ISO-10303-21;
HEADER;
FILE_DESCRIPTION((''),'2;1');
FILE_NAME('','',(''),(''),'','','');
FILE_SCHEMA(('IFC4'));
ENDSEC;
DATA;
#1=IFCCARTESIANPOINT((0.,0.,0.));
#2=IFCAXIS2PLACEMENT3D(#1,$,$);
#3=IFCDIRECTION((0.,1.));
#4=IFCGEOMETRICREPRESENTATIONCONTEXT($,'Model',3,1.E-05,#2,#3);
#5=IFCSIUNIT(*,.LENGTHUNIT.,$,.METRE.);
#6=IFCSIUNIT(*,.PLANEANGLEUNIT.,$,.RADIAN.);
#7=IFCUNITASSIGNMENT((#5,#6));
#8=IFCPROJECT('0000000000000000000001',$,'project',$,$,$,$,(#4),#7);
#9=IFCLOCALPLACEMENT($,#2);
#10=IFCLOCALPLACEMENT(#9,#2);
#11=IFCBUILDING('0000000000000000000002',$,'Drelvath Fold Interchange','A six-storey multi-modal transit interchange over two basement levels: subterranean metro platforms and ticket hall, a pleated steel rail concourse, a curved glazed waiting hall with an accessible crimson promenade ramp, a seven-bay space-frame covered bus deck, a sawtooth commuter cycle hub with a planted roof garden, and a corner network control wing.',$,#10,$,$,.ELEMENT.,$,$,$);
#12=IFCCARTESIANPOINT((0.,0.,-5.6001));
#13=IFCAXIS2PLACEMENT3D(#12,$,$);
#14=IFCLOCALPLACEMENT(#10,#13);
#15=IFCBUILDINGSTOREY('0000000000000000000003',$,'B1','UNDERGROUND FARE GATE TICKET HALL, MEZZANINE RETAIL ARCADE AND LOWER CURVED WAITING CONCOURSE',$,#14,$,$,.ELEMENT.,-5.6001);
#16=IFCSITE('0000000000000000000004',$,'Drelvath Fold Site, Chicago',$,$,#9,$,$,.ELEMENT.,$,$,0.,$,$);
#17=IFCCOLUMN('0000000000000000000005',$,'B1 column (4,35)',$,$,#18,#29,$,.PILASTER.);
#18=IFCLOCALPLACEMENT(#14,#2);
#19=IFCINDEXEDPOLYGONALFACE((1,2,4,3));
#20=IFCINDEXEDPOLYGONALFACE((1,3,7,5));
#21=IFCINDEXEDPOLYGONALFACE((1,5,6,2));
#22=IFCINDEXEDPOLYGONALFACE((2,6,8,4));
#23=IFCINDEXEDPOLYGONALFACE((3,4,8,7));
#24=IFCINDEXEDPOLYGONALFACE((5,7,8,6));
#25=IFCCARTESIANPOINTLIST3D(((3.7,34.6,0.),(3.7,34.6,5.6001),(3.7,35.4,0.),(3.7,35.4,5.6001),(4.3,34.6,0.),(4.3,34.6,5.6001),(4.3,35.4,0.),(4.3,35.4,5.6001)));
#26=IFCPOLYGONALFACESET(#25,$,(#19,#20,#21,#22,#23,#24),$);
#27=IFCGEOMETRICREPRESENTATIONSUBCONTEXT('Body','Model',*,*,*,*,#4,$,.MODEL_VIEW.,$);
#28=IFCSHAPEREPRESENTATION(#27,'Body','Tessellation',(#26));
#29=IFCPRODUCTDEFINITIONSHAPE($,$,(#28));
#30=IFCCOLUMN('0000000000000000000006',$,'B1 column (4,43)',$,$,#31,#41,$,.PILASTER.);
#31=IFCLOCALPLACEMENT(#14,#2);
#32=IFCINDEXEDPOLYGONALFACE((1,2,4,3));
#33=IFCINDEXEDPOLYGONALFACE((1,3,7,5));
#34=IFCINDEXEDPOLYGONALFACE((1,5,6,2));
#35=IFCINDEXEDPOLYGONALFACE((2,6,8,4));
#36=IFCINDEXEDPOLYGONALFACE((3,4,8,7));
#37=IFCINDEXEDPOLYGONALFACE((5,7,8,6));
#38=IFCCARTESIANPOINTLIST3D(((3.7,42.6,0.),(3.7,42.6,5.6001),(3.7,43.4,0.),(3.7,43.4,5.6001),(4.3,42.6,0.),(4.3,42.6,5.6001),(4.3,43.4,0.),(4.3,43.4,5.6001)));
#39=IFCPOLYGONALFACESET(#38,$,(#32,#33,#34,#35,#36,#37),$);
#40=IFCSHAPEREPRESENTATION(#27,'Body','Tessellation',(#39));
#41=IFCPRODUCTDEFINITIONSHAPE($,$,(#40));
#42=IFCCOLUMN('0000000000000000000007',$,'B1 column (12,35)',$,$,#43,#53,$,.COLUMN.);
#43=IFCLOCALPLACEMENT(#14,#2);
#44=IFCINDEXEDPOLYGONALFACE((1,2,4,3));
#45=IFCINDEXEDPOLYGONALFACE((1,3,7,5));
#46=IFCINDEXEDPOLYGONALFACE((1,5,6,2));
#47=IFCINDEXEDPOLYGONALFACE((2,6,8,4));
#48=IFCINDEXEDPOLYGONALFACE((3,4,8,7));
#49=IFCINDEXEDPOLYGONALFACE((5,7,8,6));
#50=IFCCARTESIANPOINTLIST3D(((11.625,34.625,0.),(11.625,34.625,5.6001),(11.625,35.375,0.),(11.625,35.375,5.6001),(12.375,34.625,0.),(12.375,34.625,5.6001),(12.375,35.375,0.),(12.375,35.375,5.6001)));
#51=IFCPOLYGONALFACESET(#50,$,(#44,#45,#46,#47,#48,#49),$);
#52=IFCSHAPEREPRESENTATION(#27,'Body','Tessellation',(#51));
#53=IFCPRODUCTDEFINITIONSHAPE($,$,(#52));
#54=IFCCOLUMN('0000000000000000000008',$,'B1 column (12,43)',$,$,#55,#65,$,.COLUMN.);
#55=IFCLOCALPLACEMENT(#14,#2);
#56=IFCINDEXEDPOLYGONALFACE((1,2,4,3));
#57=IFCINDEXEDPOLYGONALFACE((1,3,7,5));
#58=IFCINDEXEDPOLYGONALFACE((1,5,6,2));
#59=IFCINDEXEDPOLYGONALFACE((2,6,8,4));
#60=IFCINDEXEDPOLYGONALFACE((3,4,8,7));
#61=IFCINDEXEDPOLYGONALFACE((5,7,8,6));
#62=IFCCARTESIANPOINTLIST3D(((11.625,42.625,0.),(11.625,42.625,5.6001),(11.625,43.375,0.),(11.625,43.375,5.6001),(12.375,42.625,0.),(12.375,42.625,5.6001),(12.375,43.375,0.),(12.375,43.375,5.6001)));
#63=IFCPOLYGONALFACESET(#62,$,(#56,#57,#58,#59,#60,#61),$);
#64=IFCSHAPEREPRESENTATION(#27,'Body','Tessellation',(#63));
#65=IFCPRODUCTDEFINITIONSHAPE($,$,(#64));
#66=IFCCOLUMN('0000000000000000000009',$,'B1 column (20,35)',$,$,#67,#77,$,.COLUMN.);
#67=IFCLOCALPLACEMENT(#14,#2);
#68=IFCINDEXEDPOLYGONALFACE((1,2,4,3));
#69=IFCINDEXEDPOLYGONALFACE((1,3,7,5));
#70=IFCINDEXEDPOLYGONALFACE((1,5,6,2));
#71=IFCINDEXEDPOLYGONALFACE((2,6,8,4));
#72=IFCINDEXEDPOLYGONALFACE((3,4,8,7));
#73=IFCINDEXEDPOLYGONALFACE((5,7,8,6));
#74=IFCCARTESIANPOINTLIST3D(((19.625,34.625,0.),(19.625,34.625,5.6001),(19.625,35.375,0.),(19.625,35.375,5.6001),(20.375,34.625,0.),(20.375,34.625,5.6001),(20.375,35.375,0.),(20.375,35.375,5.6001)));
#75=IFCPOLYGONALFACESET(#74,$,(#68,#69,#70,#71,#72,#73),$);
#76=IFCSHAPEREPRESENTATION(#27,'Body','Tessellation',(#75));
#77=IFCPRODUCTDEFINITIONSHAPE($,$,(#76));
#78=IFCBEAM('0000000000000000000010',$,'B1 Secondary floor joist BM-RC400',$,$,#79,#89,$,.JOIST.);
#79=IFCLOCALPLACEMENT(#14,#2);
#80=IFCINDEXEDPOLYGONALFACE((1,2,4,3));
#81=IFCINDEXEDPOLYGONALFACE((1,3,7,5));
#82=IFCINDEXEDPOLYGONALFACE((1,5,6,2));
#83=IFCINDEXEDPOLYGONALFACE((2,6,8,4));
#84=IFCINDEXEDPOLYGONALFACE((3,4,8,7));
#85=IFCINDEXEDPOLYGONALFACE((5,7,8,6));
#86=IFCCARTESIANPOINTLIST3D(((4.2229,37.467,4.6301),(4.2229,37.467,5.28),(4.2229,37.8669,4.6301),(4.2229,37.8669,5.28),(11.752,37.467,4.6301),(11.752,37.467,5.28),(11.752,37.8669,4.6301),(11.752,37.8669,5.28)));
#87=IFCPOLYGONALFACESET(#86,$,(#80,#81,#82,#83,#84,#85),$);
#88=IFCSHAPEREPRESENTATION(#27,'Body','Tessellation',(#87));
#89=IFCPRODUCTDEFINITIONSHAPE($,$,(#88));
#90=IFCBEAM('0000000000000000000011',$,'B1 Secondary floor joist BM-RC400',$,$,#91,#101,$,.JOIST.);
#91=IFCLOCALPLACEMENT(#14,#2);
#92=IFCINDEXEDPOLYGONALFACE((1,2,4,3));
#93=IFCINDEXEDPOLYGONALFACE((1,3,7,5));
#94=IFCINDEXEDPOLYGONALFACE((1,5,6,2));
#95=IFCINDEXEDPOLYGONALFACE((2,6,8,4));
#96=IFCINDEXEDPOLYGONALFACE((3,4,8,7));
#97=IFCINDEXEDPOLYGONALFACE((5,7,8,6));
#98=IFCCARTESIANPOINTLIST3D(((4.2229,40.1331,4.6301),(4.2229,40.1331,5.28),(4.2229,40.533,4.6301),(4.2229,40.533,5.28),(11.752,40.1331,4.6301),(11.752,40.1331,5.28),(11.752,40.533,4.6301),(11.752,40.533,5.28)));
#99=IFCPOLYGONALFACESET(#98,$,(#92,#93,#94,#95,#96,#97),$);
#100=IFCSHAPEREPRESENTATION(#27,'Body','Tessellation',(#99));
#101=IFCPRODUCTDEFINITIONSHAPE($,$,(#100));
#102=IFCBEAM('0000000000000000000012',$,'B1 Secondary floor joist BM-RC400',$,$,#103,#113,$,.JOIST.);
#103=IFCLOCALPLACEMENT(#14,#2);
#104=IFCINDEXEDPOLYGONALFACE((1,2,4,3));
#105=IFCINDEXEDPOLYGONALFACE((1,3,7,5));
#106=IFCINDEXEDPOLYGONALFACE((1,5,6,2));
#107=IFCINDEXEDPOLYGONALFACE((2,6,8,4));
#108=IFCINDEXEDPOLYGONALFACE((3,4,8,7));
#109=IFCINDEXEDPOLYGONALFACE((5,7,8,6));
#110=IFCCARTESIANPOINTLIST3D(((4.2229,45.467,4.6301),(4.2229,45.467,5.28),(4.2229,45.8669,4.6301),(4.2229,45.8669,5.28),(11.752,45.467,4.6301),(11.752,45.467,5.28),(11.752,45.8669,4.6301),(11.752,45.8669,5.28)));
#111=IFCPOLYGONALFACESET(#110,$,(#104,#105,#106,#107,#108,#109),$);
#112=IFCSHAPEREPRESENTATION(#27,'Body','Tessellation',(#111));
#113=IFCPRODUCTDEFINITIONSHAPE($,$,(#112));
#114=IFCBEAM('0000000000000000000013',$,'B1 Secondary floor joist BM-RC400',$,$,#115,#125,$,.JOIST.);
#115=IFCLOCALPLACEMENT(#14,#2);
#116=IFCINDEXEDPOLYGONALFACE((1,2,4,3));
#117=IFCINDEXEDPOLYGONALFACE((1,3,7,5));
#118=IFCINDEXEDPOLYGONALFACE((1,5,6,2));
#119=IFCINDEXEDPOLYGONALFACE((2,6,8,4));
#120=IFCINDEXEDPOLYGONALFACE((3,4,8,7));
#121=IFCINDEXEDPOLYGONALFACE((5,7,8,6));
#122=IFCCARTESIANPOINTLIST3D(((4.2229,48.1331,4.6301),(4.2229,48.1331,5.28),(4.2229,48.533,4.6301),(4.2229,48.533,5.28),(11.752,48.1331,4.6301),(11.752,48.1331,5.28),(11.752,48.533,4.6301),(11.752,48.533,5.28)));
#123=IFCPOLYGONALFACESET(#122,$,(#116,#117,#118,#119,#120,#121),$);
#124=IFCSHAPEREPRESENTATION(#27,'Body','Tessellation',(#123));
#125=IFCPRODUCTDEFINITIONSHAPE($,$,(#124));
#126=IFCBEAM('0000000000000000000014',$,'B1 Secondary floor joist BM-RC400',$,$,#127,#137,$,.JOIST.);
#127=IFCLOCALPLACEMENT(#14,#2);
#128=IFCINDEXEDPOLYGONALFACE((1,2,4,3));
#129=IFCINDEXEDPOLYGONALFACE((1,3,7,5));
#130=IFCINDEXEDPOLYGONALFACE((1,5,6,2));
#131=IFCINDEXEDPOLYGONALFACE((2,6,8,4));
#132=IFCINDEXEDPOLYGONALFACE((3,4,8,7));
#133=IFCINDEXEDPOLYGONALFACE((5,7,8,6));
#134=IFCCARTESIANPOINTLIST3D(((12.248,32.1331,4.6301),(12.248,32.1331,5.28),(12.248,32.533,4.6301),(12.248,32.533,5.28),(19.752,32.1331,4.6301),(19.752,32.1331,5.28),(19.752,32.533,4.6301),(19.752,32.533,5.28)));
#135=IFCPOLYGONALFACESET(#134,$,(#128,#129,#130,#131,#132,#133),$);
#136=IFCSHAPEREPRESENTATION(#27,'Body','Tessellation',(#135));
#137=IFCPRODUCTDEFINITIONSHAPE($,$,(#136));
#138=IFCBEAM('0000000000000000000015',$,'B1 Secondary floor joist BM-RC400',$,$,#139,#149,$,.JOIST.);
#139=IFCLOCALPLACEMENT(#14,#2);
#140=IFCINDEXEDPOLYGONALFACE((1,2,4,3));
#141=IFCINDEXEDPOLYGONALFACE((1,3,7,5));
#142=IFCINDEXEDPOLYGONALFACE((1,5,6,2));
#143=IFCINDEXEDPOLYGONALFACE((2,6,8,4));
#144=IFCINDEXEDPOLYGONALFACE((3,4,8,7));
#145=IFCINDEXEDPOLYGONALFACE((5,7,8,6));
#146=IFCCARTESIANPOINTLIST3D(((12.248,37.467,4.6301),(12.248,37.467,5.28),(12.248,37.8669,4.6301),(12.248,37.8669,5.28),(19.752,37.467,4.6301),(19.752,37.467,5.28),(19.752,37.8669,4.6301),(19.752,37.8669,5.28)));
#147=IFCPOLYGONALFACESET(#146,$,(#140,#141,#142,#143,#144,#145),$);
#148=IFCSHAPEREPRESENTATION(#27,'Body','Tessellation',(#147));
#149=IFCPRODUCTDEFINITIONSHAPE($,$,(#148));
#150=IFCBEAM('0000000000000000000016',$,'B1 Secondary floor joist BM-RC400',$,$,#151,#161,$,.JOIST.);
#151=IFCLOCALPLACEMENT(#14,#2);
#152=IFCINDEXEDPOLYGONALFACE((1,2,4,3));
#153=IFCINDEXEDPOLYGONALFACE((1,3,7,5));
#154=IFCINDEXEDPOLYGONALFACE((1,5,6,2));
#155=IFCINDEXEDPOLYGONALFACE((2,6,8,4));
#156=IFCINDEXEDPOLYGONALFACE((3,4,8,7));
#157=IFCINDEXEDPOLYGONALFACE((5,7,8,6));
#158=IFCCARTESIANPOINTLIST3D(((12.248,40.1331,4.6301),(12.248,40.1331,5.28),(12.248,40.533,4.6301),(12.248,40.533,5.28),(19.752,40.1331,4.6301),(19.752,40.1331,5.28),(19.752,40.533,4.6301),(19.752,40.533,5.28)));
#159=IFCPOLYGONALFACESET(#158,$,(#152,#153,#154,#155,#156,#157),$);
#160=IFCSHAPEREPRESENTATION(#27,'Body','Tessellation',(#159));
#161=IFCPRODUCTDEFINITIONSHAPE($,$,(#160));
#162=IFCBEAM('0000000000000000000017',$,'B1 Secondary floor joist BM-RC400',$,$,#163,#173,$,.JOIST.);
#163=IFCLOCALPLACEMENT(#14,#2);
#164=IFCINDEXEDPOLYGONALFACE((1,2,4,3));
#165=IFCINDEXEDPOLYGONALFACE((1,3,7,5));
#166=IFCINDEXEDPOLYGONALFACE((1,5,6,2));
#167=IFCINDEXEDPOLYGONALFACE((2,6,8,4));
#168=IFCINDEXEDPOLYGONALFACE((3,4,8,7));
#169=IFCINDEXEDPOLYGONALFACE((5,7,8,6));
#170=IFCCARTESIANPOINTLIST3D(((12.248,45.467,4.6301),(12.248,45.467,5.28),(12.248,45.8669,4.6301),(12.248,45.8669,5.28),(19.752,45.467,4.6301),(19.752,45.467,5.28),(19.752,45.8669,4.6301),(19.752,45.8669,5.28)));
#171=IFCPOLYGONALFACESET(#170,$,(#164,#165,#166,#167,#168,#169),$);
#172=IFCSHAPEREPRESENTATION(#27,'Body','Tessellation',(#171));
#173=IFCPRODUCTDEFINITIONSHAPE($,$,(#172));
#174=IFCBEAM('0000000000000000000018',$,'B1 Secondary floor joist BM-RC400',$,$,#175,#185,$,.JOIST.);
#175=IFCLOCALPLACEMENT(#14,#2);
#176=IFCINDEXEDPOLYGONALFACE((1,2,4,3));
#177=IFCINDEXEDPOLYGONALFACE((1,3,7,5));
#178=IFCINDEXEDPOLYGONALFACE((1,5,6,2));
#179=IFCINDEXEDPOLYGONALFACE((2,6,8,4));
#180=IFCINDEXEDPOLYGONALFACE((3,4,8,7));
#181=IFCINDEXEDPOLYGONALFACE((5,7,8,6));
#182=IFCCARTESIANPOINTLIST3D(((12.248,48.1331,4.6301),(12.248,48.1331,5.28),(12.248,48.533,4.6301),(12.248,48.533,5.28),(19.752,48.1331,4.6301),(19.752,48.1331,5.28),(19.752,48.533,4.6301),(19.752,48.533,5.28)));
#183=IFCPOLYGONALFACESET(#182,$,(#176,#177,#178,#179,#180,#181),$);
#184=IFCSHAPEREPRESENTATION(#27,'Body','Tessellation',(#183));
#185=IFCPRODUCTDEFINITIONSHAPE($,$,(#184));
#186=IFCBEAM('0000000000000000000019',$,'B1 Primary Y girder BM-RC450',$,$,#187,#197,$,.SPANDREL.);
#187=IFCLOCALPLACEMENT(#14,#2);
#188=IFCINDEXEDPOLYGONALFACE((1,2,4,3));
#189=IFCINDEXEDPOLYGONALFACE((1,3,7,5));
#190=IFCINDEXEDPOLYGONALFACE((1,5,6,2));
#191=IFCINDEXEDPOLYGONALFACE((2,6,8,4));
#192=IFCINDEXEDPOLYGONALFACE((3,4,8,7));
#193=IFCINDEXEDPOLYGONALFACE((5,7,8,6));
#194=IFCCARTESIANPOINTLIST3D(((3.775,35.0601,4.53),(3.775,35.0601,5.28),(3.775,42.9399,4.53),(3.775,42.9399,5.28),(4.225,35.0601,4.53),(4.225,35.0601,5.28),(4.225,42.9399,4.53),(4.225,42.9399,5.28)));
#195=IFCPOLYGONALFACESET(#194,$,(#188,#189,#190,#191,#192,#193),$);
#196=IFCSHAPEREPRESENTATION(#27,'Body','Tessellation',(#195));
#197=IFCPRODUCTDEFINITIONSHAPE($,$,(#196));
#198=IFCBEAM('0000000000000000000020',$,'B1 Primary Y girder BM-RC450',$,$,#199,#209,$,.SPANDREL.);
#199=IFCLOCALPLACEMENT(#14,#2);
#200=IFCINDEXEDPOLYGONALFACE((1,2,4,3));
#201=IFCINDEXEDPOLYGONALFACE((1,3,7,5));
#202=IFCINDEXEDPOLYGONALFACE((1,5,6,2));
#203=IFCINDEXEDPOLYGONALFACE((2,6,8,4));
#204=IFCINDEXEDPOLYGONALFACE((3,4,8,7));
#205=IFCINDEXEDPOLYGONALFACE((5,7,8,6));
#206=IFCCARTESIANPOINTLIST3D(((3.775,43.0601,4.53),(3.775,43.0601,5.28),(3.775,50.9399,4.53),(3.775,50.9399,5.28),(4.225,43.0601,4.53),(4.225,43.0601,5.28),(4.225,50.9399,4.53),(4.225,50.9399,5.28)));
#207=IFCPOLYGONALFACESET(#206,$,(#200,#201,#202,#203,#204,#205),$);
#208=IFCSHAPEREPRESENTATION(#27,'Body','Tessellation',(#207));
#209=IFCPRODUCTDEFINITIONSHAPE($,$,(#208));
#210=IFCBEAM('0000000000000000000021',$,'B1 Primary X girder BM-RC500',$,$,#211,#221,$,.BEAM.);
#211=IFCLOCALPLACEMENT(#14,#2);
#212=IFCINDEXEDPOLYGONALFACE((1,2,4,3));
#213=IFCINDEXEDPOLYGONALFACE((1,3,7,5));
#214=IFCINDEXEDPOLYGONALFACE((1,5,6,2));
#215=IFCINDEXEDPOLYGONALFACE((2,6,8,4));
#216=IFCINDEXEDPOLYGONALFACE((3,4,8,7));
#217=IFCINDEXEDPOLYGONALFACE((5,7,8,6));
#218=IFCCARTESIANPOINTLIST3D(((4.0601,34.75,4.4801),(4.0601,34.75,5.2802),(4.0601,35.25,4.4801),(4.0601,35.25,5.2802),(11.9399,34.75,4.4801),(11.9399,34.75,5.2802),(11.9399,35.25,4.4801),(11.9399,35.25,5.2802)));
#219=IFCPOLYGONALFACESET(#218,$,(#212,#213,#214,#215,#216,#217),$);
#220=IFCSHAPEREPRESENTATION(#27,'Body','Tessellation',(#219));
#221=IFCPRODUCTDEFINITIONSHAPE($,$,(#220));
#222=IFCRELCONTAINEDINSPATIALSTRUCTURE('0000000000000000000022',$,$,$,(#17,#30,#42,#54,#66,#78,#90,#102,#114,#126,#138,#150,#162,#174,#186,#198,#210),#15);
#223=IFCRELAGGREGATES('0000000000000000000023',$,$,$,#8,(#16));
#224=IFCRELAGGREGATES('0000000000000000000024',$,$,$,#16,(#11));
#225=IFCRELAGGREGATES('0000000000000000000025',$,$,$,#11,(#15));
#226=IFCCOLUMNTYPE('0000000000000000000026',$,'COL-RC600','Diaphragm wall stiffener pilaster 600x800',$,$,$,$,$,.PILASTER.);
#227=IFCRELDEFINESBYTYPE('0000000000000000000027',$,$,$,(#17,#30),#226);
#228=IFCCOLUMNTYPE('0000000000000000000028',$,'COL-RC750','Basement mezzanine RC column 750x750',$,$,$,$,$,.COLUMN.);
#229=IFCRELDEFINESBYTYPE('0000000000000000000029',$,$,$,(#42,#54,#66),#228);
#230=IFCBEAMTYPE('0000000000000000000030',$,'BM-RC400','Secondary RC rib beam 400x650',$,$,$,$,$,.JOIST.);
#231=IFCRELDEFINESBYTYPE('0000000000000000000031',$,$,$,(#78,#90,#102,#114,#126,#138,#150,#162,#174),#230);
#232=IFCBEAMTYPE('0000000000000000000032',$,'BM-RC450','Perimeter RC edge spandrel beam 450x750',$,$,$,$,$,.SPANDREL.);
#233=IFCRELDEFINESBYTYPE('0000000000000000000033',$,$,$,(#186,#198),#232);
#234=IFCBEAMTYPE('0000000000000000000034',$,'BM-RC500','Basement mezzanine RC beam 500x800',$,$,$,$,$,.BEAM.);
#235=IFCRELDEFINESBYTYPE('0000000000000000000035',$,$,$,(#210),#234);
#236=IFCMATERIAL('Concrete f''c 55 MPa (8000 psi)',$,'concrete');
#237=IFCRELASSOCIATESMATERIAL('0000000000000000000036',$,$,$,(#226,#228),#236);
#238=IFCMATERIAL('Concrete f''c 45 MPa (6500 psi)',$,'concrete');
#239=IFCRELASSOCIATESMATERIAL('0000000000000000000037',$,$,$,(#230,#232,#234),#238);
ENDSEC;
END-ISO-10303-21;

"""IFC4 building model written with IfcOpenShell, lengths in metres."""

from ifc_helpers import new_model, si_unit, direction, frame, origin, origin_2d, place, context, subcontext, project, spatial, rectangle, extrude, material, material_profile, profile_set, type_object, element, save


model = new_model("IFC4")

# Units and contexts
model_context = context("Model", 3, precision=1e-05, world=origin(), true_north=direction((0.0, 1.0)))
body_context = subcontext(model_context, "Body", "Model", "MODEL_VIEW")
ifc_project = project(units=[si_unit("LENGTHUNIT", "METRE"), si_unit("PLANEANGLEUNIT", "RADIAN")], contexts=[model_context])

# Site, building, storey
site_placement = place(None, origin())
site = spatial("IfcSite", under=ifc_project, at=site_placement, Name="Drelvath Fold Site, Chicago", CompositionType="ELEMENT", RefElevation=0.0)
building_placement = place(site_placement, origin())
building = spatial("IfcBuilding", under=site, at=building_placement, Name="Drelvath Fold Interchange", Description="A six-storey multi-modal transit interchange over two basement levels: subterranean metro platforms and ticket hall, a pleated steel rail concourse, a curved glazed waiting hall with an accessible crimson promenade ramp, a seven-bay space-frame covered bus deck, a sawtooth commuter cycle hub with a planted roof garden, and a corner network control wing.", CompositionType="ELEMENT")
storey_placement = place(building_placement, frame((0.0, 0.0, -5.6001)))
storey = spatial("IfcBuildingStorey", under=building, at=storey_placement, Name="B1", Description="UNDERGROUND FARE GATE TICKET HALL, MEZZANINE RETAIL ARCADE AND LOWER CURVED WAITING CONCOURSE", CompositionType="ELEMENT", Elevation=-5.6001)

# Columns
ifc_material_1 = material(Name="Concrete f'c 55 MPa (8000 psi)", Category="concrete")
ifc_material_profile_1 = material_profile(ifc_material_1, rectangle(XDim=0.6001, YDim=0.8, at=origin_2d()), Name="RC 600x800")
ifc_profile_set_1 = profile_set([ifc_material_profile_1], Name="Concrete f'c 55 MPa (8000 psi)")
column_type_1 = type_object("IfcColumnType", Name="COL-RC600", Description="Diaphragm wall stiffener pilaster 600x800", PredefinedType="PILASTER", material=ifc_profile_set_1)
for number, where, z_axis, x_axis, name in (
    (1, (4.0, 35.0, 0.0), (0.0, 0.0, 1.0), (1.0, 0.0, 0.0), "B1 column (4,35)"),
    (2, (4.0, 43.0, 0.0), (0.0, 0.0, 1.0), (1.0, 0.0, 0.0), "B1 column (4,43)"),
):
    element("IfcColumn", number, at=place(storey_placement, frame(where, z_axis=z_axis, x_axis=x_axis)), inside=storey, type_object=column_type_1, Name=name, PredefinedType="PILASTER", context=body_context, shape_type="SweptSolid", body=[
        extrude(rectangle(XDim=0.6001, YDim=0.8, at=origin_2d()), origin(), (0.0, 0.0, 1.0), 5.6001),
    ])
ifc_material_profile_2 = material_profile(ifc_material_1, rectangle(XDim=0.75, YDim=0.75, at=origin_2d()), Name="RC 750x750")
ifc_profile_set_2 = profile_set([ifc_material_profile_2], Name="Concrete f'c 55 MPa (8000 psi)")
column_type_2 = type_object("IfcColumnType", Name="COL-RC750", Description="Basement mezzanine RC column 750x750", PredefinedType="COLUMN", material=ifc_profile_set_2)
for number, where, z_axis, x_axis, name in (
    (3, (12.0, 35.0, 0.0), (0.0, 0.0, 1.0), (1.0, 0.0, 0.0), "B1 column (12,35)"),
    (4, (12.0, 43.0, 0.0), (0.0, 0.0, 1.0), (1.0, 0.0, 0.0), "B1 column (12,43)"),
    (5, (20.0, 35.0, 0.0), (0.0, 0.0, 1.0), (1.0, 0.0, 0.0), "B1 column (20,35)"),
):
    element("IfcColumn", number, at=place(storey_placement, frame(where, z_axis=z_axis, x_axis=x_axis)), inside=storey, type_object=column_type_2, Name=name, PredefinedType="COLUMN", context=body_context, shape_type="SweptSolid", body=[
        extrude(rectangle(XDim=0.75, YDim=0.75, at=origin_2d()), origin(), (0.0, 0.0, 1.0), 5.6001),
    ])

# Beams
ifc_material_2 = material(Name="Concrete f'c 45 MPa (6500 psi)", Category="concrete")
ifc_material_profile_3 = material_profile(ifc_material_2, rectangle(XDim=0.3999, YDim=0.6499, at=origin_2d()), Name="RC 400x650")
ifc_profile_set_3 = profile_set([ifc_material_profile_3], Name="Concrete f'c 45 MPa (6500 psi)")
beam_type_1 = type_object("IfcBeamType", Name="BM-RC400", Description="Secondary RC rib beam 400x650", PredefinedType="JOIST", material=ifc_profile_set_3)
for number, where, z_axis, x_axis, name in (
    (6, (4.2229, 37.667, 4.9551), (1.0, 0.0, 0.0), (0.0, 1.0, 0.0), "B1 Secondary floor joist BM-RC400"),
    (7, (4.2229, 40.333, 4.9551), (1.0, 0.0, 0.0), (0.0, 1.0, 0.0), "B1 Secondary floor joist BM-RC400"),
    (8, (4.2229, 45.667, 4.9551), (1.0, 0.0, 0.0), (0.0, 1.0, 0.0), "B1 Secondary floor joist BM-RC400"),
    (9, (4.2229, 48.333, 4.9551), (1.0, 0.0, 0.0), (0.0, 1.0, 0.0), "B1 Secondary floor joist BM-RC400"),
):
    element("IfcBeam", number, at=place(storey_placement, frame(where, z_axis=z_axis, x_axis=x_axis)), inside=storey, type_object=beam_type_1, Name=name, PredefinedType="JOIST", context=body_context, shape_type="SweptSolid", body=[
        extrude(rectangle(XDim=0.3999, YDim=0.6499, at=origin_2d()), origin(), (0.0, 0.0, 1.0), 7.5291),
    ])
for number, where, z_axis, x_axis, name in (
    (10, (12.248, 32.333, 4.9551), (1.0, 0.0, 0.0), (0.0, 1.0, 0.0), "B1 Secondary floor joist BM-RC400"),
    (11, (12.248, 37.667, 4.9551), (1.0, 0.0, 0.0), (0.0, 1.0, 0.0), "B1 Secondary floor joist BM-RC400"),
    (12, (12.248, 40.333, 4.9551), (1.0, 0.0, 0.0), (0.0, 1.0, 0.0), "B1 Secondary floor joist BM-RC400"),
    (13, (12.248, 45.667, 4.9551), (1.0, 0.0, 0.0), (0.0, 1.0, 0.0), "B1 Secondary floor joist BM-RC400"),
    (14, (12.248, 48.333, 4.9551), (1.0, 0.0, 0.0), (0.0, 1.0, 0.0), "B1 Secondary floor joist BM-RC400"),
):
    element("IfcBeam", number, at=place(storey_placement, frame(where, z_axis=z_axis, x_axis=x_axis)), inside=storey, type_object=beam_type_1, Name=name, PredefinedType="JOIST", context=body_context, shape_type="SweptSolid", body=[
        extrude(rectangle(XDim=0.3999, YDim=0.6499, at=origin_2d()), origin(), (0.0, 0.0, 1.0), 7.5039),
    ])
ifc_material_profile_4 = material_profile(ifc_material_2, rectangle(XDim=0.45, YDim=0.75, at=origin_2d()), Name="RC 450x750")
ifc_profile_set_4 = profile_set([ifc_material_profile_4], Name="Concrete f'c 45 MPa (6500 psi)")
beam_type_2 = type_object("IfcBeamType", Name="BM-RC450", Description="Perimeter RC edge spandrel beam 450x750", PredefinedType="SPANDREL", material=ifc_profile_set_4)
for number, where, z_axis, x_axis, name in (
    (15, (4.0, 35.0601, 4.905), (0.0, 1.0, 0.0), (-1.0, 0.0, 0.0), "B1 Primary Y girder BM-RC450"),
    (16, (4.0, 43.0601, 4.905), (0.0, 1.0, 0.0), (-1.0, 0.0, 0.0), "B1 Primary Y girder BM-RC450"),
):
    element("IfcBeam", number, at=place(storey_placement, frame(where, z_axis=z_axis, x_axis=x_axis)), inside=storey, type_object=beam_type_2, Name=name, PredefinedType="SPANDREL", context=body_context, shape_type="SweptSolid", body=[
        extrude(rectangle(XDim=0.45, YDim=0.75, at=origin_2d()), origin(), (0.0, 0.0, 1.0), 7.8799),
    ])
ifc_material_profile_5 = material_profile(ifc_material_2, rectangle(XDim=0.5, YDim=0.8, at=origin_2d()), Name="RC 500x800")
ifc_profile_set_5 = profile_set([ifc_material_profile_5], Name="Concrete f'c 45 MPa (6500 psi)")
beam_type_3 = type_object("IfcBeamType", Name="BM-RC500", Description="Basement mezzanine RC beam 500x800", PredefinedType="BEAM", material=ifc_profile_set_5)
for number, where, z_axis, x_axis, name in (
    (17, (4.0601, 35.0, 4.8801), (1.0, 0.0, 0.0), (0.0, 1.0, 0.0), "B1 Primary X girder BM-RC500"),
):
    element("IfcBeam", number, at=place(storey_placement, frame(where, z_axis=z_axis, x_axis=x_axis)), inside=storey, type_object=beam_type_3, Name=name, PredefinedType="BEAM", context=body_context, shape_type="SweptSolid", body=[
        extrude(rectangle(XDim=0.5, YDim=0.8, at=origin_2d()), origin(), (0.0, 0.0, 1.0), 7.8799),
    ])

save(model, "model.ifc")
